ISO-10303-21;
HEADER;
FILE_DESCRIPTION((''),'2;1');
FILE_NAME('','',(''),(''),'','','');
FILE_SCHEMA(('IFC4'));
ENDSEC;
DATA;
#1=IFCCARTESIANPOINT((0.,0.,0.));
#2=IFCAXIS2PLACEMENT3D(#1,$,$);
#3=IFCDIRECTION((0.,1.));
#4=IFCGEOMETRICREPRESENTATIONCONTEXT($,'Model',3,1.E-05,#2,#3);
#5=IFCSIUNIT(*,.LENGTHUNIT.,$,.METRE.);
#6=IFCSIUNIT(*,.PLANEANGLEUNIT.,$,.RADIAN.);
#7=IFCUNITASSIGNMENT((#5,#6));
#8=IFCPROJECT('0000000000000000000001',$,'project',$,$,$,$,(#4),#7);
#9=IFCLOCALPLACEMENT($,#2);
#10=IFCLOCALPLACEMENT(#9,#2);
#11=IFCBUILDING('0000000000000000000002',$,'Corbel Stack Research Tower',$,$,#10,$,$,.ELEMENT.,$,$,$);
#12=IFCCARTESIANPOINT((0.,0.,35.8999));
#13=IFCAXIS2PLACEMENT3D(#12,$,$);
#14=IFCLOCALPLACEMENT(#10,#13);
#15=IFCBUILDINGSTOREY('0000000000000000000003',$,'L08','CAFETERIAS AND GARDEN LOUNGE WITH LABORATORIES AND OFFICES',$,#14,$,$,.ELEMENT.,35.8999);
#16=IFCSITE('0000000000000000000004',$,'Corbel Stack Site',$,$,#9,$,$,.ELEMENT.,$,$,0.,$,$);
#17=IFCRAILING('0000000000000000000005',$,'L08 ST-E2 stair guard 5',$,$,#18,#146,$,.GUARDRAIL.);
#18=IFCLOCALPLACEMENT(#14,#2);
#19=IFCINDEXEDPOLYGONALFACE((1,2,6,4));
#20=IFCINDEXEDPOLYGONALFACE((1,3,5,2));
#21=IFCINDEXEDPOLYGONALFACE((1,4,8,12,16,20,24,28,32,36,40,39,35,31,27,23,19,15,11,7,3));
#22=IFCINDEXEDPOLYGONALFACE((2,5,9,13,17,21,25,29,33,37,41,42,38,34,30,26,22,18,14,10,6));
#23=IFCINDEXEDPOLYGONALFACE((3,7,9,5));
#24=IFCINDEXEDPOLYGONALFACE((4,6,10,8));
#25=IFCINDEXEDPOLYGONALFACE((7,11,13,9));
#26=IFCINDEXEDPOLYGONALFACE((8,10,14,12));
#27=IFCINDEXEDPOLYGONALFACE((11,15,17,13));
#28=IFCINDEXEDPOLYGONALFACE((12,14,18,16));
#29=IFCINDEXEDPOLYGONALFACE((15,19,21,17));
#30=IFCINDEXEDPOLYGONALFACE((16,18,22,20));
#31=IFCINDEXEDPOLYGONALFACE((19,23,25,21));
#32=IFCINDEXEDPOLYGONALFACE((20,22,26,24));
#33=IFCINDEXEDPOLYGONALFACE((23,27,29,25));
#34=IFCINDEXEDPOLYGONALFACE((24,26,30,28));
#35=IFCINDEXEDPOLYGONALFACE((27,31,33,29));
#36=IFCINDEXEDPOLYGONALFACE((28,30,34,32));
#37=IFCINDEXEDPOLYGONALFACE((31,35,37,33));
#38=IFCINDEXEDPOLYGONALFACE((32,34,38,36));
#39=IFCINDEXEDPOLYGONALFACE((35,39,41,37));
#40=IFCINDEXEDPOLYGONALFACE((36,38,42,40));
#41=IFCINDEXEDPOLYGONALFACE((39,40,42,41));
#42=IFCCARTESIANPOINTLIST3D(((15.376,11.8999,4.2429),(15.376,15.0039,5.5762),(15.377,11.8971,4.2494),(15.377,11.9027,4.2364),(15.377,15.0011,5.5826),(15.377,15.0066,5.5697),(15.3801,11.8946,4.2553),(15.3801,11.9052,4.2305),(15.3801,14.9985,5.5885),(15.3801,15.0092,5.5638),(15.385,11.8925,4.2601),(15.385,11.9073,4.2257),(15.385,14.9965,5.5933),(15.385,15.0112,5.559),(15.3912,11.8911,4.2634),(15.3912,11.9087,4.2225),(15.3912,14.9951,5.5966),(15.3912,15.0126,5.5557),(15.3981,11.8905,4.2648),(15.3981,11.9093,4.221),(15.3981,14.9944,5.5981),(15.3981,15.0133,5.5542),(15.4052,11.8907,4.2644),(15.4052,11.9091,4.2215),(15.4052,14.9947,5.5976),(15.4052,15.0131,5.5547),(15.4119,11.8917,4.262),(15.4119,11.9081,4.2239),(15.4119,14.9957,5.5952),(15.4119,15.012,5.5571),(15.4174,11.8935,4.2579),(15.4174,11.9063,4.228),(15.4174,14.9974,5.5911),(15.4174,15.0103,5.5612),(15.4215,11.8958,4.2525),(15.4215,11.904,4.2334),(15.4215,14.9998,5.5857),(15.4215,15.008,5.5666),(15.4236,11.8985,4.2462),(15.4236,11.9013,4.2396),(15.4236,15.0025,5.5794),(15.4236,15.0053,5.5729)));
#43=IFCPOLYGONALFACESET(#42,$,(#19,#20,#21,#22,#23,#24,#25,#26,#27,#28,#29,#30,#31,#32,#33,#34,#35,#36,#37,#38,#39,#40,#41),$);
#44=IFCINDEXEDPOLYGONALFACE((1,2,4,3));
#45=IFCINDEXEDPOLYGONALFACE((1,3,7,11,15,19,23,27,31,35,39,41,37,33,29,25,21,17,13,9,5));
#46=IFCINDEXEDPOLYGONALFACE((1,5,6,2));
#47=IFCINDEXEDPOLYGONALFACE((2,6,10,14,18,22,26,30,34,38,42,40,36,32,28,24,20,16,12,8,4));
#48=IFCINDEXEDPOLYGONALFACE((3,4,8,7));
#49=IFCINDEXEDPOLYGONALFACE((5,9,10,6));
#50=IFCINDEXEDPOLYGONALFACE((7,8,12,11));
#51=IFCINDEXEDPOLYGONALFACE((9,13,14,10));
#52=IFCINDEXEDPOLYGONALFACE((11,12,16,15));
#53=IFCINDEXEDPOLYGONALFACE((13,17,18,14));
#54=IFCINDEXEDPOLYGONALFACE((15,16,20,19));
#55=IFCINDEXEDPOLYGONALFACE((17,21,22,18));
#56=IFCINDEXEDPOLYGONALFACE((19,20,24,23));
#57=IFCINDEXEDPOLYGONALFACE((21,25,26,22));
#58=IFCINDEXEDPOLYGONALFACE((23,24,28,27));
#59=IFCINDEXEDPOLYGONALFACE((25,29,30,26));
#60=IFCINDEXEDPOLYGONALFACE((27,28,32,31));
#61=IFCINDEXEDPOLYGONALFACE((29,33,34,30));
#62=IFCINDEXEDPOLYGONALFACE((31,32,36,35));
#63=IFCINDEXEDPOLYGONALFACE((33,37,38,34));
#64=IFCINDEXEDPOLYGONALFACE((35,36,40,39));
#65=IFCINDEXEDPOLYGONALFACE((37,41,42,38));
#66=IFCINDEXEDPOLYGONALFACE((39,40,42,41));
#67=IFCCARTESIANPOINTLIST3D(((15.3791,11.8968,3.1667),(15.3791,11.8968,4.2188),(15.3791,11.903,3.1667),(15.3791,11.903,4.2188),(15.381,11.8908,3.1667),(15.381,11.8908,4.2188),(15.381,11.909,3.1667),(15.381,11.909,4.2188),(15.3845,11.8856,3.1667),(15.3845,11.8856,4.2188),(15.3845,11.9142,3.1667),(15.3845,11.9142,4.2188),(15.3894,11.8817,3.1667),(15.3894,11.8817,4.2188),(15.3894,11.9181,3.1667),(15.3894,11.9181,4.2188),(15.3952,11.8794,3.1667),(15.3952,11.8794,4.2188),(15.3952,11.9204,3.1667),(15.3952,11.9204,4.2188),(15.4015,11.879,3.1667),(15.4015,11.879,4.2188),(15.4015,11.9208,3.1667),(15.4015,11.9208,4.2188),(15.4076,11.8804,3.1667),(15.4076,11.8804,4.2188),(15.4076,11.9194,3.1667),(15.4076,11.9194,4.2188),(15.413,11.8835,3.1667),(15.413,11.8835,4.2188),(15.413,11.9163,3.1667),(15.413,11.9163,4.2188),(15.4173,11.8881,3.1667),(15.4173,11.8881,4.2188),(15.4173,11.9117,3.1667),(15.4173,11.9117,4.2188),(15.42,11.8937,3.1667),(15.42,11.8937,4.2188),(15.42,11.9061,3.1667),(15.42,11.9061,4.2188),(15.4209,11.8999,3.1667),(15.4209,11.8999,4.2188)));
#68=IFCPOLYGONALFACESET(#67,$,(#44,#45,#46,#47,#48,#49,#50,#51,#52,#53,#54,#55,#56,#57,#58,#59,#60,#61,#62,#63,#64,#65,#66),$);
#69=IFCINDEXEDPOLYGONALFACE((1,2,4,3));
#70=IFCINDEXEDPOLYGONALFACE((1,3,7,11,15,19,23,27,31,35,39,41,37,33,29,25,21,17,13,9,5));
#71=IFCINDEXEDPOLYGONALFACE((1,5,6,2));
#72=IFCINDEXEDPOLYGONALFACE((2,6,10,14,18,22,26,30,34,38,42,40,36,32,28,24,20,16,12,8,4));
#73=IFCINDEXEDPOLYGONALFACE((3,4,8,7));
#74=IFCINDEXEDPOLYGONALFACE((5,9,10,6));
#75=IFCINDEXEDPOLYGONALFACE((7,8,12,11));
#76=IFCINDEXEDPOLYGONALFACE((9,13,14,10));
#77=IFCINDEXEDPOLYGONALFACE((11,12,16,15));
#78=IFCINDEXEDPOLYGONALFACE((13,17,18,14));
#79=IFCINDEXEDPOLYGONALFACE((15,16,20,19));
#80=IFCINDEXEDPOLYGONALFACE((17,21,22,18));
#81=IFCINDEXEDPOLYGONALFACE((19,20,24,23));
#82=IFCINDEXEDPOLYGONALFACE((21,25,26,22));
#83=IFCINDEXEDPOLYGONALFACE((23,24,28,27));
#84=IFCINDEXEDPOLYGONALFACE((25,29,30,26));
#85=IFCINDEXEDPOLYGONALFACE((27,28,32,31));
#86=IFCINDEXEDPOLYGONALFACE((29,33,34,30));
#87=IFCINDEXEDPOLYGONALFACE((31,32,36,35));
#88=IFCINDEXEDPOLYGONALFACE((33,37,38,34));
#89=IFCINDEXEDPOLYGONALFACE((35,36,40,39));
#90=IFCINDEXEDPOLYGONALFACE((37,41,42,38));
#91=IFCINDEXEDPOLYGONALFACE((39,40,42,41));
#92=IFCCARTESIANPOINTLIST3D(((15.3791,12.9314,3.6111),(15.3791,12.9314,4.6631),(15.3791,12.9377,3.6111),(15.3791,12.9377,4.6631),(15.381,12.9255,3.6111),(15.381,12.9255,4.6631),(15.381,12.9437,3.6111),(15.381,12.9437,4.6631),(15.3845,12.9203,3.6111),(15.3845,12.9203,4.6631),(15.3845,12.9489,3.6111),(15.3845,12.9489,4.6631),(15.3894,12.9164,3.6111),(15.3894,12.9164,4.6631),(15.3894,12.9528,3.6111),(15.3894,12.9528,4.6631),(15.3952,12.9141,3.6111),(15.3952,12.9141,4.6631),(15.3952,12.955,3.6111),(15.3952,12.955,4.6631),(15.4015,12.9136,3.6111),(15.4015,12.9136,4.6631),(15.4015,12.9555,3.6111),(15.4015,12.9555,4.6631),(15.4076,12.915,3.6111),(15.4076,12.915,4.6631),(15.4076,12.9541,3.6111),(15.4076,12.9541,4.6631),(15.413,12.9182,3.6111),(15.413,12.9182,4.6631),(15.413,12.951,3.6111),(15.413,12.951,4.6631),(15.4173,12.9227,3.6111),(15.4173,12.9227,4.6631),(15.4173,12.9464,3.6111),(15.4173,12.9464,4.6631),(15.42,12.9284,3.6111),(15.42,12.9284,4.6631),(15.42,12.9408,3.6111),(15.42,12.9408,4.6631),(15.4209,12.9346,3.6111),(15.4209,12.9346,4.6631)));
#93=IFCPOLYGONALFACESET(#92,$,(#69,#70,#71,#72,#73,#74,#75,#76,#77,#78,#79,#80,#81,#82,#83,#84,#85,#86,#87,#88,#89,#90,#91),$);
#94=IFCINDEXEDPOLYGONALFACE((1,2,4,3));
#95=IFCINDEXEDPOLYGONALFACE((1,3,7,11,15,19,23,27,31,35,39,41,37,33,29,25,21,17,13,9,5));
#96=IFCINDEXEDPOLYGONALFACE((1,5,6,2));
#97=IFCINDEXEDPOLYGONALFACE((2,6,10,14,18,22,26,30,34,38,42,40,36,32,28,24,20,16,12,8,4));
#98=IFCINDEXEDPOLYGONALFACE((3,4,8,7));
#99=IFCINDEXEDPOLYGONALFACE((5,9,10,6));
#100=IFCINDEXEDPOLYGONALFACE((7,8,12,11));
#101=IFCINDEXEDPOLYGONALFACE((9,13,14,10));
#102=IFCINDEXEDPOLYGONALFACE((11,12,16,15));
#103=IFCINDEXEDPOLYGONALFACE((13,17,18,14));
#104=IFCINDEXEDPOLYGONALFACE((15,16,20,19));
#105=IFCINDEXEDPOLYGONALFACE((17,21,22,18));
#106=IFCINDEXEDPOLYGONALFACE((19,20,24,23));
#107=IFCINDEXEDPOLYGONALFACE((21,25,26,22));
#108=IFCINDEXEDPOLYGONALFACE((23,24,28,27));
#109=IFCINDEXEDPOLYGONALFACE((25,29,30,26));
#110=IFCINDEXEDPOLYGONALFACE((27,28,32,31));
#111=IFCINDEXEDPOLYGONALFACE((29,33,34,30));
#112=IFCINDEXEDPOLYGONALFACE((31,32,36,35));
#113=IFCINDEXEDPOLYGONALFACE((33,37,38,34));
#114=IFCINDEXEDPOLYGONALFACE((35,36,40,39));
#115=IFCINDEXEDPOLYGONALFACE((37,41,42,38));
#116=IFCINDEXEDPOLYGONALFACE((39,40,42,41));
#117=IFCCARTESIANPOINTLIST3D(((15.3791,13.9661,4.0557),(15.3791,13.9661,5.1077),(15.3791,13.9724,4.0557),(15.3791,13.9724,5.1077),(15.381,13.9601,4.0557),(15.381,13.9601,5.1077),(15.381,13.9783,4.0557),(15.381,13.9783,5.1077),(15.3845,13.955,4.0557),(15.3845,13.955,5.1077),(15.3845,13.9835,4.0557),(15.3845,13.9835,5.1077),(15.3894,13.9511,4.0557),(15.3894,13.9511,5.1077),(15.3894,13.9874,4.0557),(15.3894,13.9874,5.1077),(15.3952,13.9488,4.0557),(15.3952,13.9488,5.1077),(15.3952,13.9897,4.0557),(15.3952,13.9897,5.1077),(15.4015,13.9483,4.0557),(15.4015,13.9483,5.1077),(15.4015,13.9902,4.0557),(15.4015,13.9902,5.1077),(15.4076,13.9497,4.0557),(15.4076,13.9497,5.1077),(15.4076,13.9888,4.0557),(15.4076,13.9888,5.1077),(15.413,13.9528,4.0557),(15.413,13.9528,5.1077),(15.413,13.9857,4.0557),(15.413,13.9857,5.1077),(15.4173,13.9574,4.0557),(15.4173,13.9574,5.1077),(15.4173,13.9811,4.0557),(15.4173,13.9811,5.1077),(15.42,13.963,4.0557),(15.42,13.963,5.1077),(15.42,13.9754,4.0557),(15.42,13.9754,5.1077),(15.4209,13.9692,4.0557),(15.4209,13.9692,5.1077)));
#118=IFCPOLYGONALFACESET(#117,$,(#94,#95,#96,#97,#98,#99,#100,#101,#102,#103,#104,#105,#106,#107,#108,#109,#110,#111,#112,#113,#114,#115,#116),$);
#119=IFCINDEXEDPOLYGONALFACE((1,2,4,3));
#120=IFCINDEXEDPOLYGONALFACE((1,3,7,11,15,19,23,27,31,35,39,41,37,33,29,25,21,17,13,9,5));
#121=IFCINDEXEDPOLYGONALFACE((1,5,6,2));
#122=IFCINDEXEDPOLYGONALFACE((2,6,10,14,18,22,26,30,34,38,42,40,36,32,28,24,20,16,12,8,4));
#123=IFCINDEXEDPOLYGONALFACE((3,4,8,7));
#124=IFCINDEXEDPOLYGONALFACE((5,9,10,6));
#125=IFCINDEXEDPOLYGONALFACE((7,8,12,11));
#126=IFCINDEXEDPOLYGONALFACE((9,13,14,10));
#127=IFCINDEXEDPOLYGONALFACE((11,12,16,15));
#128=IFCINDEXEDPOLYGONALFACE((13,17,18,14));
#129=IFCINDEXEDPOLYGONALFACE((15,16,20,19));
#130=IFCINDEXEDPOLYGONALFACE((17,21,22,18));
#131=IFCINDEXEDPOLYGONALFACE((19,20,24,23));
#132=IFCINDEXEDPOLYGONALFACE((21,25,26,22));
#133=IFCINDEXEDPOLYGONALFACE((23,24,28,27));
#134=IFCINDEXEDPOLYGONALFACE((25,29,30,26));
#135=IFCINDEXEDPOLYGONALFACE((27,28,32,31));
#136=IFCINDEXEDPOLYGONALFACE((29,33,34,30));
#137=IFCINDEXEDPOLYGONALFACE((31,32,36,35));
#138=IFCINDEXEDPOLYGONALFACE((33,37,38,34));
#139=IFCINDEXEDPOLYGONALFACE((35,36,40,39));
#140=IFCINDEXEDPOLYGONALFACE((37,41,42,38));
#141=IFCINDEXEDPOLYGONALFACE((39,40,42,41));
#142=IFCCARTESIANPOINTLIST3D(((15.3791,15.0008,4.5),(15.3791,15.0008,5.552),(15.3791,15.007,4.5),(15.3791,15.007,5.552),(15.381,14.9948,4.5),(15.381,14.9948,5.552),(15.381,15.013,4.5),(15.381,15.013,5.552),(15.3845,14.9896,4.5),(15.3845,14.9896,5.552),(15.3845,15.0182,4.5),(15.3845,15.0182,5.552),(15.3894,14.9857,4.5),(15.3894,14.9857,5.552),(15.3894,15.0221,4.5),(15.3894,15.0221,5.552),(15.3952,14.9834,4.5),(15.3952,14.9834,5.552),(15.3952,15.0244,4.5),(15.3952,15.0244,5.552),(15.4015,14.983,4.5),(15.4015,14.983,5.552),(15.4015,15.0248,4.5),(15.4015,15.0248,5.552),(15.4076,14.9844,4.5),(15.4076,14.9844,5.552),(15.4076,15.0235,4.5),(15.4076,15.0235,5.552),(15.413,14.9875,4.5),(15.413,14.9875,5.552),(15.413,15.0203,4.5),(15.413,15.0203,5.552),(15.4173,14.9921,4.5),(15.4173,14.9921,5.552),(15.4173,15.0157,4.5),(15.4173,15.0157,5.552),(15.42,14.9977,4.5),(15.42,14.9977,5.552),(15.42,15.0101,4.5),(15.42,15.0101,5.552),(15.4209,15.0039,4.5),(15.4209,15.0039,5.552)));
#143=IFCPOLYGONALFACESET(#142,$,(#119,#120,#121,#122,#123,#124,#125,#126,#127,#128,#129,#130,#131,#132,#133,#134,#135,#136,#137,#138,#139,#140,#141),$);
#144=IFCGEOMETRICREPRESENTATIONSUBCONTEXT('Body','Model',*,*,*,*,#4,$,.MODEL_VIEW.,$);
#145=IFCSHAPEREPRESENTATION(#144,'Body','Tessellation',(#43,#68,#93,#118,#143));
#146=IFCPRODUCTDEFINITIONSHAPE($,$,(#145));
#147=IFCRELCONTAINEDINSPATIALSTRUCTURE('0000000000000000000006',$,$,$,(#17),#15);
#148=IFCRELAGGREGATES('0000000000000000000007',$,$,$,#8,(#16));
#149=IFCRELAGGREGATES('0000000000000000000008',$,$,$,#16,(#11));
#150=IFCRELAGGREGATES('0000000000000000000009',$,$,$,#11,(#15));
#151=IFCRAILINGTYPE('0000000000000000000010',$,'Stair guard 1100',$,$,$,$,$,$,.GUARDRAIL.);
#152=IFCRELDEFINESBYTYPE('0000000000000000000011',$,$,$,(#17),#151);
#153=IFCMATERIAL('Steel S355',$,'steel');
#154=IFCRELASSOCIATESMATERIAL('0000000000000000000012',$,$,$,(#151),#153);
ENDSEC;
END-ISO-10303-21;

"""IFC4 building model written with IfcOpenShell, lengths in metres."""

from ifc_helpers import new_model, si_unit, direction, frame, origin, origin_2d, place, context, subcontext, project, spatial, circle, extrude, material, type_object, element, save


model = new_model("IFC4")

# Units and contexts
model_context = context("Model", 3, precision=1e-05, world=origin(), true_north=direction((0.0, 1.0)))
body_context = subcontext(model_context, "Body", "Model", "MODEL_VIEW")
ifc_project = project(units=[si_unit("LENGTHUNIT", "METRE"), si_unit("PLANEANGLEUNIT", "RADIAN")], contexts=[model_context])

# Site, building, storey
site_placement = place(None, origin())
site = spatial("IfcSite", under=ifc_project, at=site_placement, Name="Corbel Stack Site", CompositionType="ELEMENT", RefElevation=0.0)
building_placement = place(site_placement, origin())
building = spatial("IfcBuilding", under=site, at=building_placement, Name="Corbel Stack Research Tower", CompositionType="ELEMENT")
storey_placement = place(building_placement, frame((0.0, 0.0, 35.8999)))
storey = spatial("IfcBuildingStorey", under=building, at=storey_placement, Name="L08", Description="CAFETERIAS AND GARDEN LOUNGE WITH LABORATORIES AND OFFICES", CompositionType="ELEMENT", Elevation=35.8999)

# Railing
ifc_material_1 = material(Name="Steel S355", Category="steel")
railing_type_1 = type_object("IfcRailingType", Name="Stair guard 1100", PredefinedType="GUARDRAIL", material=ifc_material_1)
railing_1_placement = place(storey_placement, frame((15.3999, 11.8999, 3.1667)))
element("IfcRailing", 1, at=railing_1_placement, inside=storey, type_object=railing_type_1, Name="L08 ST-E2 stair guard 5", PredefinedType="GUARDRAIL", context=body_context, shape_type="SweptSolid", body=[
    extrude(circle(Radius=0.0239, at=origin_2d()), frame((0.0, 0.0, 1.0762), z_axis=(0.0, 0.918827, 0.394661), x_axis=(-1.0, 0.0, 0.0)), (0.0, 0.0, 1.0), 3.3782),
    extrude(circle(Radius=0.021, at=origin_2d()), origin(), (0.0, 0.0, 1.0), 1.052),
    extrude(circle(Radius=0.021, at=origin_2d()), frame((0.0, 1.0347, 0.4443)), (0.0, 0.0, 1.0), 1.052),
    extrude(circle(Radius=0.021, at=origin_2d()), frame((0.0, 2.0693, 0.8889)), (0.0, 0.0, 1.0), 1.052),
    extrude(circle(Radius=0.021, at=origin_2d()), frame((0.0, 3.104, 1.3333)), (0.0, 0.0, 1.0), 1.052),
])

save(model, "model.ifc")
